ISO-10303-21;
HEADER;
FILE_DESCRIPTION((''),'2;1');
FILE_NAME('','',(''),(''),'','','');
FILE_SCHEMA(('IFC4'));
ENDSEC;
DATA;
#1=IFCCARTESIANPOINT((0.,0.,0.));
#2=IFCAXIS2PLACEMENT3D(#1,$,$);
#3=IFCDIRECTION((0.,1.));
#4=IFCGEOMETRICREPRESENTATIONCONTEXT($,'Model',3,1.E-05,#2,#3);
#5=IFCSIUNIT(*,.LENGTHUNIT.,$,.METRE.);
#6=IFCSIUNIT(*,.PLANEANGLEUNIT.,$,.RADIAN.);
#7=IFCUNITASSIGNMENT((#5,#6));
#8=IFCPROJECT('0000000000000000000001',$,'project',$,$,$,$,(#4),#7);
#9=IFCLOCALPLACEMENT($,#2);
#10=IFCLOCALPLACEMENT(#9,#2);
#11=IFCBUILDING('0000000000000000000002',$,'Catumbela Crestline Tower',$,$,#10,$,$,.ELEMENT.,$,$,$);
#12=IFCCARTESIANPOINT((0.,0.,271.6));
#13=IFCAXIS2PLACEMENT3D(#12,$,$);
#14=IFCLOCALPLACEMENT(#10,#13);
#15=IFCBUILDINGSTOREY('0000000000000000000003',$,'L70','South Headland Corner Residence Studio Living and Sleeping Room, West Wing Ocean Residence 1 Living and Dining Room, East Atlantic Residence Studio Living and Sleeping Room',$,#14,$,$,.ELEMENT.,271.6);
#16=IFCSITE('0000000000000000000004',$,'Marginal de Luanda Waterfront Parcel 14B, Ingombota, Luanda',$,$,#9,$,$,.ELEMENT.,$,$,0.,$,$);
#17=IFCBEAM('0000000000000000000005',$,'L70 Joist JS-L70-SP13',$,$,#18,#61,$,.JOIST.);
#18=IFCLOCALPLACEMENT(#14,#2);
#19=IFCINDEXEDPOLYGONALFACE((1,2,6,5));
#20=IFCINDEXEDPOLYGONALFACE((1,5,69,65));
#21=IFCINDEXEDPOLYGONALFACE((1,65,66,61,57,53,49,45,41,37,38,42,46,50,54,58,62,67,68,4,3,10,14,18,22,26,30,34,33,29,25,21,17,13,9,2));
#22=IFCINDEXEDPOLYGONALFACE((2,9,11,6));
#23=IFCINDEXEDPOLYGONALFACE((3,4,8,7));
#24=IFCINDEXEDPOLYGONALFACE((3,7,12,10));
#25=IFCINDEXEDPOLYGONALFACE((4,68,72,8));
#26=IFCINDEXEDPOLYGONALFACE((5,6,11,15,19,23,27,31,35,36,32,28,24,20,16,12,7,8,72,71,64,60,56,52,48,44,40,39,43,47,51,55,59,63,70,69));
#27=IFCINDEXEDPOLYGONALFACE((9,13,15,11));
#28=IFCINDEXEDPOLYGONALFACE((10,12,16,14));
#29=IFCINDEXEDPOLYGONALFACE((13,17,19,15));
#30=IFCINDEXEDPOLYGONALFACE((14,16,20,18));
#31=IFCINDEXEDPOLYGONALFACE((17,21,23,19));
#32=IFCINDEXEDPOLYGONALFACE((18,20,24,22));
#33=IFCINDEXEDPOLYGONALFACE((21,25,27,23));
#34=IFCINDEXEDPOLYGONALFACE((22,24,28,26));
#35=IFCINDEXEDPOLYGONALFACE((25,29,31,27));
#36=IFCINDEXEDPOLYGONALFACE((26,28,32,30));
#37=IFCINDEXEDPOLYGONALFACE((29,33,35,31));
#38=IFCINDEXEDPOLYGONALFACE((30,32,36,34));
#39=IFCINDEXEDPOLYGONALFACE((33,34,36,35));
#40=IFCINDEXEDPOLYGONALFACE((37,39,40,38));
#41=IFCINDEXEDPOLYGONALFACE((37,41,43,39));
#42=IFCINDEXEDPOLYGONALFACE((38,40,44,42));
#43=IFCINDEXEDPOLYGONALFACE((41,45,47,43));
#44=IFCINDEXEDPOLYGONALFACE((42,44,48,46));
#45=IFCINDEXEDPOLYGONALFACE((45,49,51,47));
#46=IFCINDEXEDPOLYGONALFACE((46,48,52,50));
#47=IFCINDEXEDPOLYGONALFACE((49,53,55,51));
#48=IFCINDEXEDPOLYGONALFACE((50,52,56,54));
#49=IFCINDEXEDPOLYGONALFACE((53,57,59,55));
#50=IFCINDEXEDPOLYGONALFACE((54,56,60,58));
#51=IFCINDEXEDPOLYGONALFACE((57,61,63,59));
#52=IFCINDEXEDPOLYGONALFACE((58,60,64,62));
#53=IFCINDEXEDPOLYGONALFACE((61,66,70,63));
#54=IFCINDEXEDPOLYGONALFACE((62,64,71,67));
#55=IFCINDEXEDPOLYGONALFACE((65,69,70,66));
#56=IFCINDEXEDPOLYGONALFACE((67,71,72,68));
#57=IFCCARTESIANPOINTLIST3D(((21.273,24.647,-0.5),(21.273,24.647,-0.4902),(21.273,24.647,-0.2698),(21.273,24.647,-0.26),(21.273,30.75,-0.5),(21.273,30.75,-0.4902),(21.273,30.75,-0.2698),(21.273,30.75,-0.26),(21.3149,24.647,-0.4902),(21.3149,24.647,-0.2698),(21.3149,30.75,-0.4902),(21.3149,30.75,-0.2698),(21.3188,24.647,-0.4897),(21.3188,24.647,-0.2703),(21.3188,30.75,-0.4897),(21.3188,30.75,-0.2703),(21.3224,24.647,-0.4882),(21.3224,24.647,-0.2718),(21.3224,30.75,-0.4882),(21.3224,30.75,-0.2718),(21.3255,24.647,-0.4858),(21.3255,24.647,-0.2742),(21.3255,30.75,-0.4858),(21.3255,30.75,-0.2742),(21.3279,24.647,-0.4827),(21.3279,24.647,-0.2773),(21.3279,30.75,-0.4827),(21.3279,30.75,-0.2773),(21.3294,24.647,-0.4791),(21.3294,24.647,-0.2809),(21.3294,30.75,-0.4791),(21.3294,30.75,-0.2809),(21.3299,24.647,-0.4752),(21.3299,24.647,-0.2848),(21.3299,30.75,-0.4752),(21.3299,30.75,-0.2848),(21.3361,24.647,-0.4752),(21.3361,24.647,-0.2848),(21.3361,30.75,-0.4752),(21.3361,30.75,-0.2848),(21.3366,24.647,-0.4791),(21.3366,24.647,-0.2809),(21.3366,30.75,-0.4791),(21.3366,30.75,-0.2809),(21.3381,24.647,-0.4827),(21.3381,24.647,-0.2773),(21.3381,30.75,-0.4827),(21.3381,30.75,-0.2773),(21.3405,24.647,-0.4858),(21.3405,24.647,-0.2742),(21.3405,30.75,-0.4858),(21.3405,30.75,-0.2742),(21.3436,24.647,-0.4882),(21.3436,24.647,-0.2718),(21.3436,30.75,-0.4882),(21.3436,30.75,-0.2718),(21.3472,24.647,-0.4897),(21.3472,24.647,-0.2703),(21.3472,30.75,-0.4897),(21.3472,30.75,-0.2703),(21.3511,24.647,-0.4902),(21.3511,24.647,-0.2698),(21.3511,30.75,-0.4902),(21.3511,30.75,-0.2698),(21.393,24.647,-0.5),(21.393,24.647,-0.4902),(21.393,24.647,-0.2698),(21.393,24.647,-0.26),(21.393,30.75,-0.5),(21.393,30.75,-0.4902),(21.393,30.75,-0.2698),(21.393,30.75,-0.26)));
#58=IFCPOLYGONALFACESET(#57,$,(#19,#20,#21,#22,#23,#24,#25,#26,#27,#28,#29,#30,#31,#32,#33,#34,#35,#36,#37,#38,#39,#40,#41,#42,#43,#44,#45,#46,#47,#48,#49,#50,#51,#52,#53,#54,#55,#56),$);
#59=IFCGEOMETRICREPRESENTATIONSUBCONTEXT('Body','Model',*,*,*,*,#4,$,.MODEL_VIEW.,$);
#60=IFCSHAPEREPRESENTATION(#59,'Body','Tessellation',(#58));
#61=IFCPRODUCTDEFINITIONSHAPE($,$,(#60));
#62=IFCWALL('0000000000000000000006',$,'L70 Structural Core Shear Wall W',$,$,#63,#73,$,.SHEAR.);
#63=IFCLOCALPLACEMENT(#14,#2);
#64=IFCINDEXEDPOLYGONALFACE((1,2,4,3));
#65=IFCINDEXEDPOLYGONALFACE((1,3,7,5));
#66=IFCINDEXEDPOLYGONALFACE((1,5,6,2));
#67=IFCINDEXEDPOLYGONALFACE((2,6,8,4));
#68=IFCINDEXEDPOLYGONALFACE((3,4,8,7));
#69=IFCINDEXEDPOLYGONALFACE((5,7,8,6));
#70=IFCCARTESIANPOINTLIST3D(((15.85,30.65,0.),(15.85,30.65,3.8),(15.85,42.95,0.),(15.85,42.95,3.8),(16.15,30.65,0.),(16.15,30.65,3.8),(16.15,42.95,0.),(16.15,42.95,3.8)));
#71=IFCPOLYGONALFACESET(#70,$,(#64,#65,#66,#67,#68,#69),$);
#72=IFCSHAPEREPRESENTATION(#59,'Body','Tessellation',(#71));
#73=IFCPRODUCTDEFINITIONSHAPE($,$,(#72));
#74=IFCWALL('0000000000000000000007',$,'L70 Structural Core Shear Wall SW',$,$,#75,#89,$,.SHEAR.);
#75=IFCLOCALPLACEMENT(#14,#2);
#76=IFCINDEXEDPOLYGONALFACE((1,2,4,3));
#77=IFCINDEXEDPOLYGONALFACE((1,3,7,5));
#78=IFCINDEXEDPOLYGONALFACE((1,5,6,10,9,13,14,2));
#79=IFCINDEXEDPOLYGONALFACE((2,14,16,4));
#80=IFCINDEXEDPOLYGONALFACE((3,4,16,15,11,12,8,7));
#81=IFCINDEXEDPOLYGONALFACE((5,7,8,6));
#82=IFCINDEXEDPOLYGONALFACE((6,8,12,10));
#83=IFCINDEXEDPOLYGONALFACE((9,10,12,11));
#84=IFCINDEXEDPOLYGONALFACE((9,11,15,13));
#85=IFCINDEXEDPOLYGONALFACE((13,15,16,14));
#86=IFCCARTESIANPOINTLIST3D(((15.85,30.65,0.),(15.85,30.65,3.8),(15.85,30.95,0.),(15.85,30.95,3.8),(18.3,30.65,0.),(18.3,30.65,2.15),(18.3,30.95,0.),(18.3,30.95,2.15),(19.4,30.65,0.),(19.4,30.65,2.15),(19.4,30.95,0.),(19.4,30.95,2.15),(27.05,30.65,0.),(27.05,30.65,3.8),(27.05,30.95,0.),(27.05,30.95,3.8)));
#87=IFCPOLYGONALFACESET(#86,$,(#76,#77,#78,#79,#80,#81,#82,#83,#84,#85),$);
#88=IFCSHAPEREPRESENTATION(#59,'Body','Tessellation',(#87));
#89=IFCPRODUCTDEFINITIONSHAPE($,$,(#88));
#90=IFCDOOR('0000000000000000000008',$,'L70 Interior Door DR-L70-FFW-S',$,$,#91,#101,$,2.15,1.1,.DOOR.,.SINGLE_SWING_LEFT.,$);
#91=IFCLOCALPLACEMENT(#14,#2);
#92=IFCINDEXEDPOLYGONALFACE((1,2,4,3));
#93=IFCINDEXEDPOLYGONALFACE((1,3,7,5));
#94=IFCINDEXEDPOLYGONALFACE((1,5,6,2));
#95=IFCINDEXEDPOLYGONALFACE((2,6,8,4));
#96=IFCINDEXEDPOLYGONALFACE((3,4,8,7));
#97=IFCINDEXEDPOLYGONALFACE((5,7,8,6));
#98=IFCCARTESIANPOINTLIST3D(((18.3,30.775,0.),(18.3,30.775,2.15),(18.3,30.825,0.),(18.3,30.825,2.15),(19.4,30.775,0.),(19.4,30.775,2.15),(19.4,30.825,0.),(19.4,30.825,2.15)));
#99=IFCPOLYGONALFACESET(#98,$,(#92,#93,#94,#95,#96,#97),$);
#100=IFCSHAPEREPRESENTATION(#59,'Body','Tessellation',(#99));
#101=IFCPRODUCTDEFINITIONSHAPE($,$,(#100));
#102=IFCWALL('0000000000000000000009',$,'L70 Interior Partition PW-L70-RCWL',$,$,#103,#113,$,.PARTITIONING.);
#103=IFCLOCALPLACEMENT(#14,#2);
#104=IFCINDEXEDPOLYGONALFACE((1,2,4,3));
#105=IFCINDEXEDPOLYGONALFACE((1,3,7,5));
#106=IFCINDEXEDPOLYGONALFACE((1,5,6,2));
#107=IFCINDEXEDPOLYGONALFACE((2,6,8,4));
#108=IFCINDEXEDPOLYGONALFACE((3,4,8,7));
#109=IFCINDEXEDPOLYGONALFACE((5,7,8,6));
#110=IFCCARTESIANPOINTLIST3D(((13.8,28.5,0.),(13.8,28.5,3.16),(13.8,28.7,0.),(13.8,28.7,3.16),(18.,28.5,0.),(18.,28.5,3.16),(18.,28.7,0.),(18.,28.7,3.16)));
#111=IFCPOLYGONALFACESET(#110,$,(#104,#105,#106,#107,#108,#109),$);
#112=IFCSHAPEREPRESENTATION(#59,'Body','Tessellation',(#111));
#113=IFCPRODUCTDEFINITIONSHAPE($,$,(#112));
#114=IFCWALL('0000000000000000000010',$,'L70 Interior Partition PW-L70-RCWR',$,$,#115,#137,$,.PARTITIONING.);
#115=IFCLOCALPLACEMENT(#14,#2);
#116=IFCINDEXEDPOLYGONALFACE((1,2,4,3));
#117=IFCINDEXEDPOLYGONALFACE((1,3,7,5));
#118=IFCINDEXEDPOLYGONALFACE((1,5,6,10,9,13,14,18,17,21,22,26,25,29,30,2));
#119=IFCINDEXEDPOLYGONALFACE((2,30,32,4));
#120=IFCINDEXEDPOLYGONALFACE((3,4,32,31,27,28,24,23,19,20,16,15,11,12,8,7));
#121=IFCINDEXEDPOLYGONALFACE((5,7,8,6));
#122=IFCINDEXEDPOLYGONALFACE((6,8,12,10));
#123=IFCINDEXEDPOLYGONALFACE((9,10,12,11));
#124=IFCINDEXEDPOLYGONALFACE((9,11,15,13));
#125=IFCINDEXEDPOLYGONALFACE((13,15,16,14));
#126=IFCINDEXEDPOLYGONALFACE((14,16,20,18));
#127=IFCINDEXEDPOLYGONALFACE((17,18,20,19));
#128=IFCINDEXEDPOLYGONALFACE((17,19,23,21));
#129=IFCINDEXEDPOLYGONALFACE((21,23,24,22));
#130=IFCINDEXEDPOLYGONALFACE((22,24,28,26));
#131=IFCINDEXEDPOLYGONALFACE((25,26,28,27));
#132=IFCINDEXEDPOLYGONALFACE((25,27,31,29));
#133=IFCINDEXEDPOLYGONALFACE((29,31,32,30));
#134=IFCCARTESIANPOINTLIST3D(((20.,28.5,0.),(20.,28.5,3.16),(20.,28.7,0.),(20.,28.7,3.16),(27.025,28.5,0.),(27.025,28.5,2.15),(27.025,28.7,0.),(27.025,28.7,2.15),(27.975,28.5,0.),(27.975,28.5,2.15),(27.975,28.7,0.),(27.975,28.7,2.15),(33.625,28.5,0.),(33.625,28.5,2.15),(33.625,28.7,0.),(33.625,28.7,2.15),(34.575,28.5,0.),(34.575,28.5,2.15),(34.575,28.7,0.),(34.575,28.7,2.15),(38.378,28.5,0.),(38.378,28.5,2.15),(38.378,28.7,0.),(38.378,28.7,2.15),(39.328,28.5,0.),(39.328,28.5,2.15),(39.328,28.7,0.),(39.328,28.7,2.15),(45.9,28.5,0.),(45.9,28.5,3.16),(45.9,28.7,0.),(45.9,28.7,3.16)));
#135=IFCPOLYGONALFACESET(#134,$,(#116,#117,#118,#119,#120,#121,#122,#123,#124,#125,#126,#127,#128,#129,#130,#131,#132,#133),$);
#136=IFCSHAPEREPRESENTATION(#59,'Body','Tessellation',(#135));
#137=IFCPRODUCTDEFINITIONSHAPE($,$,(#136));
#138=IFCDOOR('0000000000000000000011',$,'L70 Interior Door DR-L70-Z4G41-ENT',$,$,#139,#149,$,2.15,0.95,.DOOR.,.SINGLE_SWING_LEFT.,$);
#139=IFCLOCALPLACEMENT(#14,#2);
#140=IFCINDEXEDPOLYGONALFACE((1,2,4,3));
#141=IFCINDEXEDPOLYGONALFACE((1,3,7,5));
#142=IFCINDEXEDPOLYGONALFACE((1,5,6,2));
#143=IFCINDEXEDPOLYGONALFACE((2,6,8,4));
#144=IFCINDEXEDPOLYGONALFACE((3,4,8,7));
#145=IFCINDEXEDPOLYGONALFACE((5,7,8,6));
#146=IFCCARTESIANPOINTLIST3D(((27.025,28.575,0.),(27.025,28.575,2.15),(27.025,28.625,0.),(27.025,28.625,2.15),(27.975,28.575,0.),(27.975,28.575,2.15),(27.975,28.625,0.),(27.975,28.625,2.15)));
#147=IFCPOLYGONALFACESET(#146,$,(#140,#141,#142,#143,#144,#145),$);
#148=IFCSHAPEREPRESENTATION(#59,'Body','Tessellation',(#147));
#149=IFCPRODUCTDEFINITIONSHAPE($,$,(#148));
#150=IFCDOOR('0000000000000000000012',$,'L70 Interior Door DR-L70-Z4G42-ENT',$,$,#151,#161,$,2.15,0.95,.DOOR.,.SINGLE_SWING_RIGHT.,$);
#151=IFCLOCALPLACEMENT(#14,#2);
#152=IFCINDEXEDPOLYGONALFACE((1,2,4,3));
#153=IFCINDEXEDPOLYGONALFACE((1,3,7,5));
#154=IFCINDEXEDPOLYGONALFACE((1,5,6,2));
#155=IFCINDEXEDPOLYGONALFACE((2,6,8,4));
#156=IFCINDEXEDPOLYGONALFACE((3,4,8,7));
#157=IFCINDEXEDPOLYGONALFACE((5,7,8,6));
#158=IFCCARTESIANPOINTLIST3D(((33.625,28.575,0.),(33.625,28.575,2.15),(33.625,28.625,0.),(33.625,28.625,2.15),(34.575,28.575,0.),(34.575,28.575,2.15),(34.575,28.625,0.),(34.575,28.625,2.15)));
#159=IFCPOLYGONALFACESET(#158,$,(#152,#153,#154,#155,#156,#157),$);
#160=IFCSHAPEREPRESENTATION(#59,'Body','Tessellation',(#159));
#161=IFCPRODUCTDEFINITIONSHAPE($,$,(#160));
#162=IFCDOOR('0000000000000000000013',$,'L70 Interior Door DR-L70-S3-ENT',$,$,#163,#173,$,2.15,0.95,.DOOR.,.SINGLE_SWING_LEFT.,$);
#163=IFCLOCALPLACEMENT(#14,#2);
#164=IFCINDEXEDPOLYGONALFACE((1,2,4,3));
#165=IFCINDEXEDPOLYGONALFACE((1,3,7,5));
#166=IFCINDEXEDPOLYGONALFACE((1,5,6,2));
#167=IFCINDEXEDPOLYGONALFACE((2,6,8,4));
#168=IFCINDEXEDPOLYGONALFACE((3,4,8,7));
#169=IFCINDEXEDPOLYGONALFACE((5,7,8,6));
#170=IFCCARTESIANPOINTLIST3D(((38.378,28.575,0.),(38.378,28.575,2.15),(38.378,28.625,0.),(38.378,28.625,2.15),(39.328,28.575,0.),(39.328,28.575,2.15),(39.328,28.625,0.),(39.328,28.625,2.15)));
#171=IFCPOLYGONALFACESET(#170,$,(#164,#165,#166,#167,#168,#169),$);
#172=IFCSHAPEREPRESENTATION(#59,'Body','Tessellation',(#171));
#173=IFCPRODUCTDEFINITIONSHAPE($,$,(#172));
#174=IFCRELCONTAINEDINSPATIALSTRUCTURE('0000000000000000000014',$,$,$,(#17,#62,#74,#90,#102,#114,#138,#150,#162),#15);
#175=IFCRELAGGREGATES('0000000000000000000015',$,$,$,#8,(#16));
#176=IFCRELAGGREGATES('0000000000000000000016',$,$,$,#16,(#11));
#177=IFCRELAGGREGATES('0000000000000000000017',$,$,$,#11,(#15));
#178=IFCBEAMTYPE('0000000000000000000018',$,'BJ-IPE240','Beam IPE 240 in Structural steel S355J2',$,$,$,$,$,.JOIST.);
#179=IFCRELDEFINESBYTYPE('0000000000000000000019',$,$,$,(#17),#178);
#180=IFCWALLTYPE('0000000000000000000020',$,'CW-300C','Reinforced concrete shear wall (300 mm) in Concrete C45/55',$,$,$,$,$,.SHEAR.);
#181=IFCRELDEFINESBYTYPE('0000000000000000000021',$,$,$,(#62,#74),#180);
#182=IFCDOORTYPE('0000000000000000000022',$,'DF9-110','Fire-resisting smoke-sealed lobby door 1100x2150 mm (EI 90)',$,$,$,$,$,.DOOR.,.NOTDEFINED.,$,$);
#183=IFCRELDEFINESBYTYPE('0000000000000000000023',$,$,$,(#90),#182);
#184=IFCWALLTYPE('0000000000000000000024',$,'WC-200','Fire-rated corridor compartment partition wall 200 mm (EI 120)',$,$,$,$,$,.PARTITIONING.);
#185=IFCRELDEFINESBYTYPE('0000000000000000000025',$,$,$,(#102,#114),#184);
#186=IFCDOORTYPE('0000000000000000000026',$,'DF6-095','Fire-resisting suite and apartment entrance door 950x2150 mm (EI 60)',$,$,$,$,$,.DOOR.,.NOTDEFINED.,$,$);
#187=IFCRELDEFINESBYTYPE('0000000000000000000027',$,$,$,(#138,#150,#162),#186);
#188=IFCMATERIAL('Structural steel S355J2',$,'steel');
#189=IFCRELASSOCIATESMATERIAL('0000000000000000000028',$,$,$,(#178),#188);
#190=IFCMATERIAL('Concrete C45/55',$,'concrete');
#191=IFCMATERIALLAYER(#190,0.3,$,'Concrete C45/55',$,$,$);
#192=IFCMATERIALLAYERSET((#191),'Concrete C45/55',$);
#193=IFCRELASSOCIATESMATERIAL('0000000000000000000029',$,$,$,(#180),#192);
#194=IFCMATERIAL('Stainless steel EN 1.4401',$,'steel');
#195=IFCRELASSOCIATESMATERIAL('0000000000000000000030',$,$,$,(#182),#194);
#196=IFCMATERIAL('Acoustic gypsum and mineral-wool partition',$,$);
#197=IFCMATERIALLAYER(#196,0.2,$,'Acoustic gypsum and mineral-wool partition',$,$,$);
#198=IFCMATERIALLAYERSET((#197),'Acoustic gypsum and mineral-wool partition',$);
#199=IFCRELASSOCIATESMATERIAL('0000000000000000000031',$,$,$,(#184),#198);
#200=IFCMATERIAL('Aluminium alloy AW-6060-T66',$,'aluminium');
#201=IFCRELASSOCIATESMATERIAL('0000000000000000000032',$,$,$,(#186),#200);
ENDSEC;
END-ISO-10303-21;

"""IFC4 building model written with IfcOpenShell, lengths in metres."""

from ifc_helpers import new_model, si_unit, direction, frame, frame_2d, origin, origin_2d, place, context, subcontext, project, spatial, rectangle, i_section, extrude, material, layer, layer_set, material_profile, profile_set, type_object, element, fill, save


model = new_model("IFC4")

# Units and contexts
model_context = context("Model", 3, precision=1e-05, world=origin(), true_north=direction((0.0, 1.0)))
body_context = subcontext(model_context, "Body", "Model", "MODEL_VIEW")
ifc_project = project(units=[si_unit("LENGTHUNIT", "METRE"), si_unit("PLANEANGLEUNIT", "RADIAN")], contexts=[model_context])

# Site, building, storey
site_placement = place(None, origin())
site = spatial("IfcSite", under=ifc_project, at=site_placement, Name="Marginal de Luanda Waterfront Parcel 14B, Ingombota, Luanda", CompositionType="ELEMENT", RefElevation=0.0)
building_placement = place(site_placement, origin())
building = spatial("IfcBuilding", under=site, at=building_placement, Name="Catumbela Crestline Tower", CompositionType="ELEMENT")
storey_placement = place(building_placement, frame((0.0, 0.0, 271.6)))
storey = spatial("IfcBuildingStorey", under=building, at=storey_placement, Name="L70", Description="South Headland Corner Residence Studio Living and Sleeping Room, West Wing Ocean Residence 1 Living and Dining Room, East Atlantic Residence Studio Living and Sleeping Room", CompositionType="ELEMENT", Elevation=271.6)

# Shared definitions
ifc_material_1 = material(Name="Concrete C45/55", Category="concrete")

# Beam
ifc_material_2 = material(Name="Structural steel S355J2", Category="steel")
ifc_material_profile_1 = material_profile(ifc_material_2, i_section(OverallWidth=0.12, OverallDepth=0.24, WebThickness=0.0062, FlangeThickness=0.0098, FilletRadius=0.015, at=origin_2d()), Name="IPE 240")
ifc_profile_set_1 = profile_set([ifc_material_profile_1], Name="Structural steel S355J2")
beam_type_1 = type_object("IfcBeamType", Name="BJ-IPE240", Description="Beam IPE 240 in Structural steel S355J2", PredefinedType="JOIST", material=ifc_profile_set_1)
for number, where, z_axis, x_axis, name in (
    (1, (21.333, 24.647, -0.38), (0.0, 1.0, 0.0), (-1.0, 0.0, 0.0), "L70 Joist JS-L70-SP13"),
):
    element("IfcBeam", number, at=place(storey_placement, frame(where, z_axis=z_axis, x_axis=x_axis)), inside=storey, type_object=beam_type_1, Name=name, PredefinedType="JOIST", context=body_context, shape_type="SweptSolid", body=[
        extrude(i_section(OverallWidth=0.12, OverallDepth=0.24, WebThickness=0.0062, FlangeThickness=0.0098, FilletRadius=0.015, at=origin_2d()), origin(), (0.0, 0.0, 1.0), 6.103),
    ])

# Wall
ifc_layer_1 = layer(ifc_material_1, 0.3, Name="Concrete C45/55")
ifc_layer_set_1 = layer_set([ifc_layer_1], Name="Concrete C45/55")
wall_type_1 = type_object("IfcWallType", Name="CW-300C", Description="Reinforced concrete shear wall (300 mm) in Concrete C45/55", PredefinedType="SHEAR", material=ifc_layer_set_1)
wall_1_placement = place(storey_placement, frame((16.0, 30.65, 0.0), z_axis=(0.0, 0.0, 1.0), x_axis=(0.0, 1.0, 0.0)))
element("IfcWall", 2, at=wall_1_placement, inside=storey, type_object=wall_type_1, Name="L70 Structural Core Shear Wall W", PredefinedType="SHEAR", context=body_context, shape_type="SweptSolid", body=[
    extrude(rectangle(XDim=12.3, YDim=0.3, at=frame_2d((6.15, 0.0))), origin(), (0.0, 0.0, 1.0), 3.8),
])

# Wall, opening, door
wall_2_placement = place(storey_placement, frame((15.85, 30.8, 0.0), z_axis=(0.0, 0.0, 1.0), x_axis=(1.0, 0.0, 0.0)))
wall_2 = element("IfcWall", 3, at=wall_2_placement, inside=storey, type_object=wall_type_1, Name="L70 Structural Core Shear Wall SW", PredefinedType="SHEAR", context=body_context, shape_type="SweptSolid", body=[
    extrude(rectangle(XDim=11.2, YDim=0.3, at=frame_2d((5.6, 0.0))), origin(), (0.0, 0.0, 1.0), 3.8),
])
opening_1_placement = place(wall_2_placement, frame((2.45, 0.0, 0.0)))
opening_1 = element("IfcOpeningElement", 4, at=opening_1_placement, cuts=wall_2, PredefinedType="OPENING", context=body_context, shape_type="SweptSolid", body=[
    extrude(rectangle(XDim=1.1, YDim=2.15, at=frame_2d((0.55, 1.075))), frame((0.0, 0.16, 0.0), z_axis=(0.0, -1.0, 0.0), x_axis=(1.0, 0.0, 0.0)), (0.0, 0.0, 1.0), 0.32),
])
ifc_material_3 = material(Name="Stainless steel EN 1.4401", Category="steel")
door_type_1 = type_object("IfcDoorType", Name="DF9-110", Description="Fire-resisting smoke-sealed lobby door 1100x2150 mm (EI 90)", OperationType="NOTDEFINED", PredefinedType="DOOR", material=ifc_material_3)
door_1_placement = place(opening_1_placement, origin())
door_1 = element("IfcDoor", 5, at=door_1_placement, inside=storey, type_object=door_type_1, Name="L70 Interior Door DR-L70-FFW-S", OperationType="SINGLE_SWING_LEFT", OverallHeight=2.15, OverallWidth=1.1, PredefinedType="DOOR", context=body_context, shape_type="SweptSolid", body=[
    extrude(rectangle(XDim=1.1, YDim=2.15, at=frame_2d((0.55, 1.075))), frame((0.0, 0.025, 0.0), z_axis=(0.0, -1.0, 0.0), x_axis=(1.0, 0.0, 0.0)), (0.0, 0.0, 1.0), 0.05),
])
fill(opening_1, door_1)

# Wall
ifc_material_4 = material(Name="Acoustic gypsum and mineral-wool partition")
ifc_layer_2 = layer(ifc_material_4, 0.2, Name="Acoustic gypsum and mineral-wool partition")
ifc_layer_set_2 = layer_set([ifc_layer_2], Name="Acoustic gypsum and mineral-wool partition")
wall_type_2 = type_object("IfcWallType", Name="WC-200", Description="Fire-rated corridor compartment partition wall 200 mm (EI 120)", PredefinedType="PARTITIONING", material=ifc_layer_set_2)
wall_3_placement = place(storey_placement, frame((13.8, 28.6, 0.0), z_axis=(0.0, 0.0, 1.0), x_axis=(1.0, 0.0, 0.0)))
element("IfcWall", 6, at=wall_3_placement, inside=storey, type_object=wall_type_2, Name="L70 Interior Partition PW-L70-RCWL", PredefinedType="PARTITIONING", context=body_context, shape_type="SweptSolid", body=[
    extrude(rectangle(XDim=4.2, YDim=0.2, at=frame_2d((2.1, 0.0))), origin(), (0.0, 0.0, 1.0), 3.16),
])

# Wall, openings, doors
wall_4_placement = place(storey_placement, frame((20.0, 28.6, 0.0), z_axis=(0.0, 0.0, 1.0), x_axis=(1.0, 0.0, 0.0)))
wall_4 = element("IfcWall", 7, at=wall_4_placement, inside=storey, type_object=wall_type_2, Name="L70 Interior Partition PW-L70-RCWR", PredefinedType="PARTITIONING", context=body_context, shape_type="SweptSolid", body=[
    extrude(rectangle(XDim=25.9, YDim=0.2, at=frame_2d((12.95, 0.0))), origin(), (0.0, 0.0, 1.0), 3.16),
])
opening_2_placement = place(wall_4_placement, frame((7.025, 0.0, 0.0)))
opening_2 = element("IfcOpeningElement", 8, at=opening_2_placement, cuts=wall_4, PredefinedType="OPENING", context=body_context, shape_type="SweptSolid", body=[
    extrude(rectangle(XDim=0.95, YDim=2.15, at=frame_2d((0.475, 1.075))), frame((0.0, 0.11, 0.0), z_axis=(0.0, -1.0, 0.0), x_axis=(1.0, 0.0, 0.0)), (0.0, 0.0, 1.0), 0.22),
])
opening_3_placement = place(wall_4_placement, frame((13.625, 0.0, 0.0)))
opening_3 = element("IfcOpeningElement", 9, at=opening_3_placement, cuts=wall_4, PredefinedType="OPENING", context=body_context, shape_type="SweptSolid", body=[
    extrude(rectangle(XDim=0.95, YDim=2.15, at=frame_2d((0.475, 1.075))), frame((0.0, 0.11, 0.0), z_axis=(0.0, -1.0, 0.0), x_axis=(1.0, 0.0, 0.0)), (0.0, 0.0, 1.0), 0.22),
])
opening_4_placement = place(wall_4_placement, frame((18.378, 0.0, 0.0)))
opening_4 = element("IfcOpeningElement", 10, at=opening_4_placement, cuts=wall_4, PredefinedType="OPENING", context=body_context, shape_type="SweptSolid", body=[
    extrude(rectangle(XDim=0.95, YDim=2.15, at=frame_2d((0.475, 1.075))), frame((0.0, 0.11, 0.0), z_axis=(0.0, -1.0, 0.0), x_axis=(1.0, 0.0, 0.0)), (0.0, 0.0, 1.0), 0.22),
])
ifc_material_5 = material(Name="Aluminium alloy AW-6060-T66", Category="aluminium")
door_type_2 = type_object("IfcDoorType", Name="DF6-095", Description="Fire-resisting suite and apartment entrance door 950x2150 mm (EI 60)", OperationType="NOTDEFINED", PredefinedType="DOOR", material=ifc_material_5)
door_2_placement = place(opening_2_placement, origin())
door_2 = element("IfcDoor", 11, at=door_2_placement, inside=storey, type_object=door_type_2, Name="L70 Interior Door DR-L70-Z4G41-ENT", OperationType="SINGLE_SWING_LEFT", OverallHeight=2.15, OverallWidth=0.95, PredefinedType="DOOR", context=body_context, shape_type="SweptSolid", body=[
    extrude(rectangle(XDim=0.95, YDim=2.15, at=frame_2d((0.475, 1.075))), frame((0.0, 0.025, 0.0), z_axis=(0.0, -1.0, 0.0), x_axis=(1.0, 0.0, 0.0)), (0.0, 0.0, 1.0), 0.05),
])
fill(opening_2, door_2)
door_3_placement = place(opening_3_placement, origin())
door_3 = element("IfcDoor", 12, at=door_3_placement, inside=storey, type_object=door_type_2, Name="L70 Interior Door DR-L70-Z4G42-ENT", OperationType="SINGLE_SWING_RIGHT", OverallHeight=2.15, OverallWidth=0.95, PredefinedType="DOOR", context=body_context, shape_type="SweptSolid", body=[
    extrude(rectangle(XDim=0.95, YDim=2.15, at=frame_2d((0.475, 1.075))), frame((0.0, 0.025, 0.0), z_axis=(0.0, -1.0, 0.0), x_axis=(1.0, 0.0, 0.0)), (0.0, 0.0, 1.0), 0.05),
])
fill(opening_3, door_3)
door_4_placement = place(opening_4_placement, origin())
door_4 = element("IfcDoor", 13, at=door_4_placement, inside=storey, type_object=door_type_2, Name="L70 Interior Door DR-L70-S3-ENT", OperationType="SINGLE_SWING_LEFT", OverallHeight=2.15, OverallWidth=0.95, PredefinedType="DOOR", context=body_context, shape_type="SweptSolid", body=[
    extrude(rectangle(XDim=0.95, YDim=2.15, at=frame_2d((0.475, 1.075))), frame((0.0, 0.025, 0.0), z_axis=(0.0, -1.0, 0.0), x_axis=(1.0, 0.0, 0.0)), (0.0, 0.0, 1.0), 0.05),
])
fill(opening_4, door_4)

save(model, "model.ifc")
